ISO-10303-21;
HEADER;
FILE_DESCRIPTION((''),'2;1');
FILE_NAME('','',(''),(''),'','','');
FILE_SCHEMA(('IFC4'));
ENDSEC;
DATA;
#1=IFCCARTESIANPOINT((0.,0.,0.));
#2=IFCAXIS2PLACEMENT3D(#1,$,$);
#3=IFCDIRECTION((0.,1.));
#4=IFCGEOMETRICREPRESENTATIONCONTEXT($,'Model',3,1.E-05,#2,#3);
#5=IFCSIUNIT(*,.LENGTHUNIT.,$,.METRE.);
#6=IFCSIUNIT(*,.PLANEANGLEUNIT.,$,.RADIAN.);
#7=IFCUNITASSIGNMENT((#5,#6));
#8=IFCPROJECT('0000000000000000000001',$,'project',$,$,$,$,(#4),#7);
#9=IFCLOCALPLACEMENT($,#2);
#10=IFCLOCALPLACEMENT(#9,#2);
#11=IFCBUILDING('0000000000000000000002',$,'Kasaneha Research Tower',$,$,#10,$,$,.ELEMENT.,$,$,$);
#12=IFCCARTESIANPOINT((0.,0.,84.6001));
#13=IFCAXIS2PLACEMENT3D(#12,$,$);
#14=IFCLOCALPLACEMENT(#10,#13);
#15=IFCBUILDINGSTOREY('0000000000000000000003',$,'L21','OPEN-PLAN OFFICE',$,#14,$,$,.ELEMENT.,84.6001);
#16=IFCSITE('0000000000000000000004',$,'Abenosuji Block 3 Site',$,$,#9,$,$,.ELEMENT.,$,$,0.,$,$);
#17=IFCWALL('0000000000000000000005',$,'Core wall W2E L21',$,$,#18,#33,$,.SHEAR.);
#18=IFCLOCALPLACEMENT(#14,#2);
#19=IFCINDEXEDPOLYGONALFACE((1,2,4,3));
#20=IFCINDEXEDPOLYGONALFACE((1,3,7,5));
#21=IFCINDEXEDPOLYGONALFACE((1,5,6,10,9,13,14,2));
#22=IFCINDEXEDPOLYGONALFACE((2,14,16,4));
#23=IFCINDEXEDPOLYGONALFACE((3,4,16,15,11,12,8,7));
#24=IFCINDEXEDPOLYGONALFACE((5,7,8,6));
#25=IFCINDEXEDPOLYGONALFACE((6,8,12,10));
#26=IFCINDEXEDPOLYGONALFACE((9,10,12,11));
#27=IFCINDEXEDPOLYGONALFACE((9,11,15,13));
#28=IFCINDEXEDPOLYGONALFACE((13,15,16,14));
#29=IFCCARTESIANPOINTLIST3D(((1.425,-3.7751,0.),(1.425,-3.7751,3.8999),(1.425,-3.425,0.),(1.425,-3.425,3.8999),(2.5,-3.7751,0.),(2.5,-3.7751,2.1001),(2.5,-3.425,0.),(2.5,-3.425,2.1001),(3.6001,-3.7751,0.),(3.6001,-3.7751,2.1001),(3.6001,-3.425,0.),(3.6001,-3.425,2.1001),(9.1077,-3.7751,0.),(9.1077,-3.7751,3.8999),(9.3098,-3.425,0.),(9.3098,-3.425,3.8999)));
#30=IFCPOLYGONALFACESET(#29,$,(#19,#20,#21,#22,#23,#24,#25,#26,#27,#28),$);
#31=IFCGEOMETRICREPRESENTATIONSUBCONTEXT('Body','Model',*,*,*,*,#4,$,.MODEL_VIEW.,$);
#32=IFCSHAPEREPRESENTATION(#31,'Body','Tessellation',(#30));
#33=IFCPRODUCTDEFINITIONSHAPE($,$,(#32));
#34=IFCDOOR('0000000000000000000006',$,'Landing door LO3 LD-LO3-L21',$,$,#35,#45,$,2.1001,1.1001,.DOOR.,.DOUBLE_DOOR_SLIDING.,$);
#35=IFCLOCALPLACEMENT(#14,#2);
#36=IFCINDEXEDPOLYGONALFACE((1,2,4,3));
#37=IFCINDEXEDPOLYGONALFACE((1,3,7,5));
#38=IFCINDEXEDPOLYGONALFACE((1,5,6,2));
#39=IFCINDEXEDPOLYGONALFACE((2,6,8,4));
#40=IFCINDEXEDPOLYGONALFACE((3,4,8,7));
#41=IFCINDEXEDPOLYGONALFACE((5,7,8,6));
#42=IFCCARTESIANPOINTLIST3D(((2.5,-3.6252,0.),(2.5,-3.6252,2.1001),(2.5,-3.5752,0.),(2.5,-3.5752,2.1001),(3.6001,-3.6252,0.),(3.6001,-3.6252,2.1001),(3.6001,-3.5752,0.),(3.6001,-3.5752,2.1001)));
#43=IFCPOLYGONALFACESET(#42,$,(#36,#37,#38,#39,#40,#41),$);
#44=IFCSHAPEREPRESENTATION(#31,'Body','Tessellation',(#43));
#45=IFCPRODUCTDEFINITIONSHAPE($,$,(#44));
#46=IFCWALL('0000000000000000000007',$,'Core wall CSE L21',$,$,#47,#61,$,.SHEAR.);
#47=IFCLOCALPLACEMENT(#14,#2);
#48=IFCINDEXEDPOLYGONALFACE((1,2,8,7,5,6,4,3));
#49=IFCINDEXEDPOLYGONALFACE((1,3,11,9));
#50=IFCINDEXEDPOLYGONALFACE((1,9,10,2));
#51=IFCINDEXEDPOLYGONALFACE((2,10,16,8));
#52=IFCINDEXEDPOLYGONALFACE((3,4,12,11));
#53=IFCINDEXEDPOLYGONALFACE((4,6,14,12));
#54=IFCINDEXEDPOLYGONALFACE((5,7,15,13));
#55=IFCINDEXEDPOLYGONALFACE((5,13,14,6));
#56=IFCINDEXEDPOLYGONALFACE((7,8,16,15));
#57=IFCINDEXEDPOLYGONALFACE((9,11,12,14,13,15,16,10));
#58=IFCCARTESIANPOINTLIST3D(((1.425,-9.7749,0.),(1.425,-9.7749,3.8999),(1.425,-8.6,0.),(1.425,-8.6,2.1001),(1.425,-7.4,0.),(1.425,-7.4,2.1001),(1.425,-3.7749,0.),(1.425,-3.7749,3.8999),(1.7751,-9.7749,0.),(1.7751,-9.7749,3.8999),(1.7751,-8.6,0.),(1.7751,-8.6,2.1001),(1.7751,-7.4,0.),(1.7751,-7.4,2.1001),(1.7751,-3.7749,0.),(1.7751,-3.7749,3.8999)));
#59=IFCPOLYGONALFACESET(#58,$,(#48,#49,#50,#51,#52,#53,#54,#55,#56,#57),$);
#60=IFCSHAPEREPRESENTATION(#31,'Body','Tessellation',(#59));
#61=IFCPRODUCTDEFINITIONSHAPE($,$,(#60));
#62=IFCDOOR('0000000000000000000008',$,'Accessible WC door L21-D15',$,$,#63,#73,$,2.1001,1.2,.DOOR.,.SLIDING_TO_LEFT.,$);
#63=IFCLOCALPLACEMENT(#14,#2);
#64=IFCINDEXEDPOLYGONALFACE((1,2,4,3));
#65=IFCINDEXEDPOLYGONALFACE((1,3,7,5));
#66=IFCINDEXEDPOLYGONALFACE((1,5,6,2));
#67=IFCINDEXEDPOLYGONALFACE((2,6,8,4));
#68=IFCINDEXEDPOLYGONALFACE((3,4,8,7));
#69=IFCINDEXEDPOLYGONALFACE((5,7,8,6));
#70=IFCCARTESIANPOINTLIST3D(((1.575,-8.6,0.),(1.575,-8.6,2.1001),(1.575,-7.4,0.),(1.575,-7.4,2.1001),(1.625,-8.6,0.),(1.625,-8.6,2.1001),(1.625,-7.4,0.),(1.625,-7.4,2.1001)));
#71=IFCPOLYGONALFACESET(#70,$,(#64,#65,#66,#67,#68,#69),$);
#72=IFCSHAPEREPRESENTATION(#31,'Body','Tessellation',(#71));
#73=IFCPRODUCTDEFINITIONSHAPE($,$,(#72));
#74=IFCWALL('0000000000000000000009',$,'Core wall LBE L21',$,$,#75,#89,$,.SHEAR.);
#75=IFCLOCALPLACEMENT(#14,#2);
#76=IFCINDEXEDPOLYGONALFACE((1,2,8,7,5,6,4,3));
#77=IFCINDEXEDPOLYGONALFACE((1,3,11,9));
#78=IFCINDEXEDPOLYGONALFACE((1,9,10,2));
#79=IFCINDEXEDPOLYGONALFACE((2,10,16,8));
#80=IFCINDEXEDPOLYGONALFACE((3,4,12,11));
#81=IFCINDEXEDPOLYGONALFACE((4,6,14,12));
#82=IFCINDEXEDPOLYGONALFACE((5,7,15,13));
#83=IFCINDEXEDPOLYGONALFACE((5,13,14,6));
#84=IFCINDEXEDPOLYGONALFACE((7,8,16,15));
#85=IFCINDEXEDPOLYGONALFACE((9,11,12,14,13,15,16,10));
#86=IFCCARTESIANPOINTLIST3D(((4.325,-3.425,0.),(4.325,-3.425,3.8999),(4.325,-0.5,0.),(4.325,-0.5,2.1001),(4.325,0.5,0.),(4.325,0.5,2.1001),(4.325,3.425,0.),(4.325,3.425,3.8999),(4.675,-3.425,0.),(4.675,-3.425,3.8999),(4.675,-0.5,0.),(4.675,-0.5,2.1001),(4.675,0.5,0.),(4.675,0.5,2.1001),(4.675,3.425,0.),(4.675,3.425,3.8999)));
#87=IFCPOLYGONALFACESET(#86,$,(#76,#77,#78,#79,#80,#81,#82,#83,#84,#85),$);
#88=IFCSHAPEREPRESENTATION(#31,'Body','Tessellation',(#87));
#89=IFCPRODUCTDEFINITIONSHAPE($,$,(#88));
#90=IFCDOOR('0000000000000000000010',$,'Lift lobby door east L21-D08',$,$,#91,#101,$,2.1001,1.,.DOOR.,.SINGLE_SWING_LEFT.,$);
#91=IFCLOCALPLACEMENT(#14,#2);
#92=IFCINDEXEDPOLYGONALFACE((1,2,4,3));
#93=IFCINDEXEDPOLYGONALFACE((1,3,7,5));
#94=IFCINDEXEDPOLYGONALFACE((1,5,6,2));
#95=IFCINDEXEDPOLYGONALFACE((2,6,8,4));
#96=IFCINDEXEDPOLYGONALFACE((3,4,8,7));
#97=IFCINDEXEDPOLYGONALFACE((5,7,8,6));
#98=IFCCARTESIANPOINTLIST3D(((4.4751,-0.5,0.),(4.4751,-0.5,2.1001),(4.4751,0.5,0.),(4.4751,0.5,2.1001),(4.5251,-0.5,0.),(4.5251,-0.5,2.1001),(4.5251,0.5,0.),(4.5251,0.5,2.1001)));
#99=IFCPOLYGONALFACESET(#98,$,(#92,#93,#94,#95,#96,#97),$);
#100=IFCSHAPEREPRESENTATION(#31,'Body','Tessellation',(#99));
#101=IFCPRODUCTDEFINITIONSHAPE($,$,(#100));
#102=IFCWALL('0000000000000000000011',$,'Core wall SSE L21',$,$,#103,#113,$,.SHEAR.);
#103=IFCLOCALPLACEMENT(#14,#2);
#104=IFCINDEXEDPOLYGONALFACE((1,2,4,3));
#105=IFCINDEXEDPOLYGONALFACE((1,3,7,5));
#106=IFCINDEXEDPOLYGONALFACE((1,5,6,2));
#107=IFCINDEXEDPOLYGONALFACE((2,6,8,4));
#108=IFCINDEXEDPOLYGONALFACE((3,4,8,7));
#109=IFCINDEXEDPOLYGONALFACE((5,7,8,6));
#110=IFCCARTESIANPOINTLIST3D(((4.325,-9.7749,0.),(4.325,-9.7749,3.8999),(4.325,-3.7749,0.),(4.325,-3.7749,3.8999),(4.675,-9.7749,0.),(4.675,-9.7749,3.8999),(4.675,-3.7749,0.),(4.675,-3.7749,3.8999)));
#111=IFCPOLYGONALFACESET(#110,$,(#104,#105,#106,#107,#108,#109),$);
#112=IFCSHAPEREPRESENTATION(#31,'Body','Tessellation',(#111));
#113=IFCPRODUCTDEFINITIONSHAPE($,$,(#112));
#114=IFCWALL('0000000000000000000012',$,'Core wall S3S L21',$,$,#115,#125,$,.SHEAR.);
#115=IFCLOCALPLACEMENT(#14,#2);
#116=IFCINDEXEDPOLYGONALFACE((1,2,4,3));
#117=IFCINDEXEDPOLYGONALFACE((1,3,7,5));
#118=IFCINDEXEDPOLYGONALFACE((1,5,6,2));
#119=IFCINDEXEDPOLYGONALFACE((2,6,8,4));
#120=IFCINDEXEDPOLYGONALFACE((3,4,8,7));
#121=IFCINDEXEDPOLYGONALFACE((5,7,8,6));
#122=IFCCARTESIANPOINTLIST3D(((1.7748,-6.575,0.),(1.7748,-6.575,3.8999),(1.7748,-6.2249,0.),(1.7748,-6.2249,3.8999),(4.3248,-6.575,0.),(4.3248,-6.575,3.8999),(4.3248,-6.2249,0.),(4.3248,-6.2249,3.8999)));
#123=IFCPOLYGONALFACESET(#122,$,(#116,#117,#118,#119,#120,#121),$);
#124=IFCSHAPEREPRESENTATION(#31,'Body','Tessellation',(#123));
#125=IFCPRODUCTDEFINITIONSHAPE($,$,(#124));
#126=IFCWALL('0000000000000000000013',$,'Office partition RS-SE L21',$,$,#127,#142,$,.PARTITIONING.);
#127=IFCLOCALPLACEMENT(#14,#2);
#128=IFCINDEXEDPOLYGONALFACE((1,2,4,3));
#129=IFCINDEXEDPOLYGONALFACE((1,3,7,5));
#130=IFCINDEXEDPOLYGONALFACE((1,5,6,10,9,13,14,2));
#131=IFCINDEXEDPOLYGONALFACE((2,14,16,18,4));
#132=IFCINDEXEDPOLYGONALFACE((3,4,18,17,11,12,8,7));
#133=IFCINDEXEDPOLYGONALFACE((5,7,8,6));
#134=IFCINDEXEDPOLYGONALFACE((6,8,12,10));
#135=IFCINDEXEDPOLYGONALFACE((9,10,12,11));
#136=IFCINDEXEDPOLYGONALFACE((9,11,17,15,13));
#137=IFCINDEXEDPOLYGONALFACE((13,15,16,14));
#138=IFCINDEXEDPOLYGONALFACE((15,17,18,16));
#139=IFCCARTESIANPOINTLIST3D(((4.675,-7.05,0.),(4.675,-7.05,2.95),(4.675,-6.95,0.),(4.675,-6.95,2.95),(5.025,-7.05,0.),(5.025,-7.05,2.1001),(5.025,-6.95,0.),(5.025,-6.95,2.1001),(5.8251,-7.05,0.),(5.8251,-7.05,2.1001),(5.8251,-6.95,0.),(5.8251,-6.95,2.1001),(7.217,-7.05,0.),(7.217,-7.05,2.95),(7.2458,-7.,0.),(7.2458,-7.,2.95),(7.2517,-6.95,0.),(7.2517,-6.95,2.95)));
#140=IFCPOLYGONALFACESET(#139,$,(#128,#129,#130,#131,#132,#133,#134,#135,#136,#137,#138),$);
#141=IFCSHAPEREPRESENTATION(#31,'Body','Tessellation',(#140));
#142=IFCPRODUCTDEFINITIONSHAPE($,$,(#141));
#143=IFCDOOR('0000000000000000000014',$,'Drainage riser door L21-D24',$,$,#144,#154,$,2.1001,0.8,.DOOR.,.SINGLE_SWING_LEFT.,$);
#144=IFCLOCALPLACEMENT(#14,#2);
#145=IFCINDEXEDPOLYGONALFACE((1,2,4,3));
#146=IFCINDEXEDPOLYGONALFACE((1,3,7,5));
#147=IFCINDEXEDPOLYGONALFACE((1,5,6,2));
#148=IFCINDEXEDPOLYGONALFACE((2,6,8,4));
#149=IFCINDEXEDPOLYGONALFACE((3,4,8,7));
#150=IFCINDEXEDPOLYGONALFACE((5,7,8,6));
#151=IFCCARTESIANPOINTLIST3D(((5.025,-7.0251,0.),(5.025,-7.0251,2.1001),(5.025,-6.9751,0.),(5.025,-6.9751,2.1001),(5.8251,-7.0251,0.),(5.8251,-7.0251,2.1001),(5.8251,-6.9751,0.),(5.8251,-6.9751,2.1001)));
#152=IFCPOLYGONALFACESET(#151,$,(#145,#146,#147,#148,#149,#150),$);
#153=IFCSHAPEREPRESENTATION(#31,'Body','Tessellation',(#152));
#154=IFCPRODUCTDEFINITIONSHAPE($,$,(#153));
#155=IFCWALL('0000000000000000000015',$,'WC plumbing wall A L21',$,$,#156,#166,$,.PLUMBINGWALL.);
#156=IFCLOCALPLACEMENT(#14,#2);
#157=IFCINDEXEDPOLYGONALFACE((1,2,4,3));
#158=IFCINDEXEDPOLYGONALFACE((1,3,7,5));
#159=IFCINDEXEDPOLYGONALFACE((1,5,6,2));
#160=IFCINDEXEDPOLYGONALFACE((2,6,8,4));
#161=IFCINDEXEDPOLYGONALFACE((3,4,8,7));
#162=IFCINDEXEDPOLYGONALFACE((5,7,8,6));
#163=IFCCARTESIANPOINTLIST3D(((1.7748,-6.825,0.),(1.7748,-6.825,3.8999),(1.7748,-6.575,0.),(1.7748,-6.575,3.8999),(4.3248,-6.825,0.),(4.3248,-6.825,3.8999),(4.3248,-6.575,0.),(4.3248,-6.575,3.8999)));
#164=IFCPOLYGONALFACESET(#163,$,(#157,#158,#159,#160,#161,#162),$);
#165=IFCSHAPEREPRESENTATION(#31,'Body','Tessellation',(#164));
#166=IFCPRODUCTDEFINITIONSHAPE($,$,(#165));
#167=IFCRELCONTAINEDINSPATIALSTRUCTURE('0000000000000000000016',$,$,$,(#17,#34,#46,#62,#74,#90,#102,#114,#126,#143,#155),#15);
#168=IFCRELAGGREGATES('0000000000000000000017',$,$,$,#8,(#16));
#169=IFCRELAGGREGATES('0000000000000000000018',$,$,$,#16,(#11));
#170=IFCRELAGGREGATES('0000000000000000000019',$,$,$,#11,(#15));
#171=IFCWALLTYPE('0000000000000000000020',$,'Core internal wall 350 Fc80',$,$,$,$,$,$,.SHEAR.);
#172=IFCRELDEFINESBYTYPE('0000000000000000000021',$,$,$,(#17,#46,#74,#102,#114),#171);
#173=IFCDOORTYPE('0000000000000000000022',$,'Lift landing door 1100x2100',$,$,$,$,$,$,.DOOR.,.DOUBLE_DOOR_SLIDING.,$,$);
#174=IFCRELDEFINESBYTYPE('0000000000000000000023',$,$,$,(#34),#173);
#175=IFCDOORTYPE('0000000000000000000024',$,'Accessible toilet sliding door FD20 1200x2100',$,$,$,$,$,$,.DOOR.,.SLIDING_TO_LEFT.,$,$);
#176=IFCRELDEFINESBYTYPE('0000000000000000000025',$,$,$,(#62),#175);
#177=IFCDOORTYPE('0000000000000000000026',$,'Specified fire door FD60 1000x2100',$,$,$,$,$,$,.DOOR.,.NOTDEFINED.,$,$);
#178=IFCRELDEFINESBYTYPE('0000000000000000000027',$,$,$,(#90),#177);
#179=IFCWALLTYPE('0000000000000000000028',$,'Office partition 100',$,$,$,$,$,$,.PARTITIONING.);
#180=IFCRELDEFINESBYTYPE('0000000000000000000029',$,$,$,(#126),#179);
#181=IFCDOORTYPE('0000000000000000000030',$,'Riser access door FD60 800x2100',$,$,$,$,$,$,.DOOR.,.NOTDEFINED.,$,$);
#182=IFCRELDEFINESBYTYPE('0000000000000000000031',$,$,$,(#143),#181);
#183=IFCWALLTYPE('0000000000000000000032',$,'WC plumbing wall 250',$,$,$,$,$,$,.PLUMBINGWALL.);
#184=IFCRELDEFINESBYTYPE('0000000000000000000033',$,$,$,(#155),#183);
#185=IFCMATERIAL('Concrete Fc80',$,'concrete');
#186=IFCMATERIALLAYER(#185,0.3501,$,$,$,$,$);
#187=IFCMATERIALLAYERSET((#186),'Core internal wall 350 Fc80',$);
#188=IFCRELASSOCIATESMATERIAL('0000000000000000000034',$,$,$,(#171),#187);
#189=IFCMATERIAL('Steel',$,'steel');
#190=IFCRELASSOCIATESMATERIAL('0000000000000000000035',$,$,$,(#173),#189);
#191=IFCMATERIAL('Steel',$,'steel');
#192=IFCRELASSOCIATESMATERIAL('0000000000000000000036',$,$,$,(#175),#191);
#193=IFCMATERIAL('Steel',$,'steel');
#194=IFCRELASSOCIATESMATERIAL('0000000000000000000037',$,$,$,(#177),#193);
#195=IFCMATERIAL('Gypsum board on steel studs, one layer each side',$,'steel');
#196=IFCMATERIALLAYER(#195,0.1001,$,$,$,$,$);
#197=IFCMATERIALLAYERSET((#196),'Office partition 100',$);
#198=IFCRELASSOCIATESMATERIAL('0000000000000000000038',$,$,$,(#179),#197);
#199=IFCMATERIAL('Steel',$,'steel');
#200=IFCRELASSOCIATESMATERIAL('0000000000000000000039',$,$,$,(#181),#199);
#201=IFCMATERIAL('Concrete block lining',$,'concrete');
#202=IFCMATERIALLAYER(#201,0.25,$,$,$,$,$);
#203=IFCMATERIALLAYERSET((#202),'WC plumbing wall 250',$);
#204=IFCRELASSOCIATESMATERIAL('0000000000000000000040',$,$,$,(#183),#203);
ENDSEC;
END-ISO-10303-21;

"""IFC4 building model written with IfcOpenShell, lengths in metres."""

from ifc_helpers import new_model, si_unit, direction, frame, frame_2d, origin, place, context, subcontext, project, spatial, polyline, rectangle, outline, extrude, material, layer, layer_set, type_object, element, fill, save


model = new_model("IFC4")

# Units and contexts
model_context = context("Model", 3, precision=1e-05, world=origin(), true_north=direction((0.0, 1.0)))
body_context = subcontext(model_context, "Body", "Model", "MODEL_VIEW")
ifc_project = project(units=[si_unit("LENGTHUNIT", "METRE"), si_unit("PLANEANGLEUNIT", "RADIAN")], contexts=[model_context])

# Site, building, storey
site_placement = place(None, origin())
site = spatial("IfcSite", under=ifc_project, at=site_placement, Name="Abenosuji Block 3 Site", CompositionType="ELEMENT", RefElevation=0.0)
building_placement = place(site_placement, origin())
building = spatial("IfcBuilding", under=site, at=building_placement, Name="Kasaneha Research Tower", CompositionType="ELEMENT")
storey_placement = place(building_placement, frame((0.0, 0.0, 84.6001)))
storey = spatial("IfcBuildingStorey", under=building, at=storey_placement, Name="L21", Description="OPEN-PLAN OFFICE", CompositionType="ELEMENT", Elevation=84.6001)

# Walls, openings, doors
ifc_material_1 = material(Name="Concrete Fc80", Category="concrete")
ifc_layer_1 = layer(ifc_material_1, 0.3501)
ifc_layer_set_1 = layer_set([ifc_layer_1], Name="Core internal wall 350 Fc80")
wall_type_1 = type_object("IfcWallType", Name="Core internal wall 350 Fc80", PredefinedType="SHEAR", material=ifc_layer_set_1)
wall_1_placement = place(storey_placement, frame((1.425, -3.6001, 0.0), z_axis=(0.0, 0.0, 1.0), x_axis=(1.0, 0.0, 0.0)))
wall_1 = element("IfcWall", 1, at=wall_1_placement, inside=storey, type_object=wall_type_1, Name="Core wall W2E L21", PredefinedType="SHEAR", context=body_context, shape_type="SweptSolid", body=[
    extrude(outline(polyline([(0.0, -0.175), (1.075, -0.175), (2.175, -0.175), (7.6826, -0.175), (7.8848, 0.175), (2.175, 0.175), (1.075, 0.175), (0.0, 0.175), (0.0, -0.175)])), origin(), (0.0, 0.0, 1.0), 3.8999),
])
opening_1_placement = place(wall_1_placement, frame((1.075, 0.0, 0.0)))
opening_1 = element("IfcOpeningElement", 2, at=opening_1_placement, cuts=wall_1, PredefinedType="OPENING", context=body_context, shape_type="SweptSolid", body=[
    extrude(rectangle(XDim=1.1001, YDim=2.1001, at=frame_2d((0.55, 1.05))), frame((0.0, 0.1851, 0.0), z_axis=(0.0, -1.0, 0.0), x_axis=(1.0, 0.0, 0.0)), (0.0, 0.0, 1.0), 0.3701),
])
ifc_material_2 = material(Name="Steel", Category="steel")
door_type_1 = type_object("IfcDoorType", Name="Lift landing door 1100x2100", OperationType="DOUBLE_DOOR_SLIDING", PredefinedType="DOOR", material=ifc_material_2)
door_1_placement = place(opening_1_placement, origin())
door_1 = element("IfcDoor", 3, at=door_1_placement, inside=storey, type_object=door_type_1, Name="Landing door LO3 LD-LO3-L21", OperationType="DOUBLE_DOOR_SLIDING", OverallHeight=2.1001, OverallWidth=1.1001, PredefinedType="DOOR", context=body_context, shape_type="SweptSolid", body=[
    extrude(rectangle(XDim=1.1001, YDim=2.1001, at=frame_2d((0.55, 1.05))), frame((0.0, 0.0249, 0.0), z_axis=(0.0, -1.0, 0.0), x_axis=(1.0, 0.0, 0.0)), (0.0, 0.0, 1.0), 0.05),
])
fill(opening_1, door_1)
wall_2_placement = place(storey_placement, frame((1.6001, -3.7749, 0.0), z_axis=(0.0, 0.0, 1.0), x_axis=(0.0, -1.0, 0.0)))
wall_2 = element("IfcWall", 4, at=wall_2_placement, inside=storey, type_object=wall_type_1, Name="Core wall CSE L21", PredefinedType="SHEAR", context=body_context, shape_type="SweptSolid", body=[
    extrude(rectangle(XDim=6.0, YDim=0.3501, at=frame_2d((3.0, 0.0))), origin(), (0.0, 0.0, 1.0), 3.8999),
])
opening_2_placement = place(wall_2_placement, frame((3.625, 0.0, 0.0)))
opening_2 = element("IfcOpeningElement", 5, at=opening_2_placement, cuts=wall_2, PredefinedType="OPENING", context=body_context, shape_type="SweptSolid", body=[
    extrude(rectangle(XDim=1.2, YDim=2.1001, at=frame_2d((0.6001, 1.05))), frame((0.0, 0.1851, 0.0), z_axis=(0.0, -1.0, 0.0), x_axis=(1.0, 0.0, 0.0)), (0.0, 0.0, 1.0), 0.3701),
])
ifc_material_3 = material(Name="Steel", Category="steel")
door_type_2 = type_object("IfcDoorType", Name="Accessible toilet sliding door FD20 1200x2100", OperationType="SLIDING_TO_LEFT", PredefinedType="DOOR", material=ifc_material_3)
door_2_placement = place(opening_2_placement, origin())
door_2 = element("IfcDoor", 6, at=door_2_placement, inside=storey, type_object=door_type_2, Name="Accessible WC door L21-D15", OperationType="SLIDING_TO_LEFT", OverallHeight=2.1001, OverallWidth=1.2, PredefinedType="DOOR", context=body_context, shape_type="SweptSolid", body=[
    extrude(rectangle(XDim=1.2, YDim=2.1001, at=frame_2d((0.6001, 1.05))), frame((0.0, 0.0249, 0.0), z_axis=(0.0, -1.0, 0.0), x_axis=(1.0, 0.0, 0.0)), (0.0, 0.0, 1.0), 0.05),
])
fill(opening_2, door_2)
wall_3_placement = place(storey_placement, frame((4.5, -3.425, 0.0), z_axis=(0.0, 0.0, 1.0), x_axis=(0.0, 1.0, 0.0)))
wall_3 = element("IfcWall", 7, at=wall_3_placement, inside=storey, type_object=wall_type_1, Name="Core wall LBE L21", PredefinedType="SHEAR", context=body_context, shape_type="SweptSolid", body=[
    extrude(rectangle(XDim=6.8501, YDim=0.3501, at=frame_2d((3.425, 0.0))), origin(), (0.0, 0.0, 1.0), 3.8999),
])
opening_3_placement = place(wall_3_placement, frame((2.925, 0.0, 0.0)))
opening_3 = element("IfcOpeningElement", 8, at=opening_3_placement, cuts=wall_3, PredefinedType="OPENING", context=body_context, shape_type="SweptSolid", body=[
    extrude(rectangle(XDim=1.0, YDim=2.1001, at=frame_2d((0.5, 1.05))), frame((0.0, 0.1851, 0.0), z_axis=(0.0, -1.0, 0.0), x_axis=(1.0, 0.0, 0.0)), (0.0, 0.0, 1.0), 0.3701),
])
ifc_material_4 = material(Name="Steel", Category="steel")
door_type_3 = type_object("IfcDoorType", Name="Specified fire door FD60 1000x2100", OperationType="NOTDEFINED", PredefinedType="DOOR", material=ifc_material_4)
door_3_placement = place(opening_3_placement, origin())
door_3 = element("IfcDoor", 9, at=door_3_placement, inside=storey, type_object=door_type_3, Name="Lift lobby door east L21-D08", OperationType="SINGLE_SWING_LEFT", OverallHeight=2.1001, OverallWidth=1.0, PredefinedType="DOOR", context=body_context, shape_type="SweptSolid", body=[
    extrude(rectangle(XDim=1.0, YDim=2.1001, at=frame_2d((0.5, 1.05))), frame((0.0, 0.0249, 0.0), z_axis=(0.0, -1.0, 0.0), x_axis=(1.0, 0.0, 0.0)), (0.0, 0.0, 1.0), 0.05),
])
fill(opening_3, door_3)

# Walls
wall_4_placement = place(storey_placement, frame((4.5, -3.7749, 0.0), z_axis=(0.0, 0.0, 1.0), x_axis=(0.0, -1.0, 0.0)))
element("IfcWall", 10, at=wall_4_placement, inside=storey, type_object=wall_type_1, Name="Core wall SSE L21", PredefinedType="SHEAR", context=body_context, shape_type="SweptSolid", body=[
    extrude(rectangle(XDim=6.0, YDim=0.3501, at=frame_2d((3.0, 0.0))), origin(), (0.0, 0.0, 1.0), 3.8999),
])
wall_5_placement = place(storey_placement, frame((1.7749, -6.3999, 0.0), z_axis=(0.0, 0.0, 1.0), x_axis=(1.0, 0.0, 0.0)))
element("IfcWall", 11, at=wall_5_placement, inside=storey, type_object=wall_type_1, Name="Core wall S3S L21", PredefinedType="SHEAR", context=body_context, shape_type="SweptSolid", body=[
    extrude(rectangle(XDim=2.55, YDim=0.3501, at=frame_2d((1.2749, 0.0))), origin(), (0.0, 0.0, 1.0), 3.8999),
])

# Wall, opening, door
ifc_material_5 = material(Name="Gypsum board on steel studs, one layer each side", Category="steel")
ifc_layer_2 = layer(ifc_material_5, 0.1001)
ifc_layer_set_2 = layer_set([ifc_layer_2], Name="Office partition 100")
wall_type_2 = type_object("IfcWallType", Name="Office partition 100", PredefinedType="PARTITIONING", material=ifc_layer_set_2)
wall_6_placement = place(storey_placement, frame((4.675, -7.0, 0.0), z_axis=(0.0, 0.0, 1.0), x_axis=(1.0, 0.0, 0.0)))
wall_6 = element("IfcWall", 12, at=wall_6_placement, inside=storey, type_object=wall_type_2, Name="Office partition RS-SE L21", PredefinedType="PARTITIONING", context=body_context, shape_type="SweptSolid", body=[
    extrude(outline(polyline([(0.0, -0.05), (0.3501, -0.05), (1.1501, -0.05), (2.542, -0.05), (2.5708, 0.0), (2.5767, 0.05), (1.1501, 0.05), (0.3501, 0.05), (0.0, 0.05), (0.0, -0.05)])), origin(), (0.0, 0.0, 1.0), 2.95),
])
opening_4_placement = place(wall_6_placement, frame((0.3501, 0.0, 0.0)))
opening_4 = element("IfcOpeningElement", 13, at=opening_4_placement, cuts=wall_6, PredefinedType="OPENING", context=body_context, shape_type="SweptSolid", body=[
    extrude(rectangle(XDim=0.8, YDim=2.1001, at=frame_2d((0.3999, 1.05))), frame((0.0, 0.0601, 0.0), z_axis=(0.0, -1.0, 0.0), x_axis=(1.0, 0.0, 0.0)), (0.0, 0.0, 1.0), 0.1201),
])
ifc_material_6 = material(Name="Steel", Category="steel")
door_type_4 = type_object("IfcDoorType", Name="Riser access door FD60 800x2100", OperationType="NOTDEFINED", PredefinedType="DOOR", material=ifc_material_6)
door_4_placement = place(opening_4_placement, origin())
door_4 = element("IfcDoor", 14, at=door_4_placement, inside=storey, type_object=door_type_4, Name="Drainage riser door L21-D24", OperationType="SINGLE_SWING_LEFT", OverallHeight=2.1001, OverallWidth=0.8, PredefinedType="DOOR", context=body_context, shape_type="SweptSolid", body=[
    extrude(rectangle(XDim=0.8, YDim=2.1001, at=frame_2d((0.3999, 1.05))), frame((0.0, 0.0249, 0.0), z_axis=(0.0, -1.0, 0.0), x_axis=(1.0, 0.0, 0.0)), (0.0, 0.0, 1.0), 0.05),
])
fill(opening_4, door_4)

# Wall
ifc_material_7 = material(Name="Concrete block lining", Category="concrete")
ifc_layer_3 = layer(ifc_material_7, 0.25)
ifc_layer_set_3 = layer_set([ifc_layer_3], Name="WC plumbing wall 250")
wall_type_3 = type_object("IfcWallType", Name="WC plumbing wall 250", PredefinedType="PLUMBINGWALL", material=ifc_layer_set_3)
wall_7_placement = place(storey_placement, frame((1.7749, -6.7, 0.0), z_axis=(0.0, 0.0, 1.0), x_axis=(1.0, 0.0, 0.0)))
element("IfcWall", 15, at=wall_7_placement, inside=storey, type_object=wall_type_3, Name="WC plumbing wall A L21", PredefinedType="PLUMBINGWALL", context=body_context, shape_type="SweptSolid", body=[
    extrude(rectangle(XDim=2.55, YDim=0.25, at=frame_2d((1.2749, 0.0))), origin(), (0.0, 0.0, 1.0), 3.8999),
])

save(model, "model.ifc")
